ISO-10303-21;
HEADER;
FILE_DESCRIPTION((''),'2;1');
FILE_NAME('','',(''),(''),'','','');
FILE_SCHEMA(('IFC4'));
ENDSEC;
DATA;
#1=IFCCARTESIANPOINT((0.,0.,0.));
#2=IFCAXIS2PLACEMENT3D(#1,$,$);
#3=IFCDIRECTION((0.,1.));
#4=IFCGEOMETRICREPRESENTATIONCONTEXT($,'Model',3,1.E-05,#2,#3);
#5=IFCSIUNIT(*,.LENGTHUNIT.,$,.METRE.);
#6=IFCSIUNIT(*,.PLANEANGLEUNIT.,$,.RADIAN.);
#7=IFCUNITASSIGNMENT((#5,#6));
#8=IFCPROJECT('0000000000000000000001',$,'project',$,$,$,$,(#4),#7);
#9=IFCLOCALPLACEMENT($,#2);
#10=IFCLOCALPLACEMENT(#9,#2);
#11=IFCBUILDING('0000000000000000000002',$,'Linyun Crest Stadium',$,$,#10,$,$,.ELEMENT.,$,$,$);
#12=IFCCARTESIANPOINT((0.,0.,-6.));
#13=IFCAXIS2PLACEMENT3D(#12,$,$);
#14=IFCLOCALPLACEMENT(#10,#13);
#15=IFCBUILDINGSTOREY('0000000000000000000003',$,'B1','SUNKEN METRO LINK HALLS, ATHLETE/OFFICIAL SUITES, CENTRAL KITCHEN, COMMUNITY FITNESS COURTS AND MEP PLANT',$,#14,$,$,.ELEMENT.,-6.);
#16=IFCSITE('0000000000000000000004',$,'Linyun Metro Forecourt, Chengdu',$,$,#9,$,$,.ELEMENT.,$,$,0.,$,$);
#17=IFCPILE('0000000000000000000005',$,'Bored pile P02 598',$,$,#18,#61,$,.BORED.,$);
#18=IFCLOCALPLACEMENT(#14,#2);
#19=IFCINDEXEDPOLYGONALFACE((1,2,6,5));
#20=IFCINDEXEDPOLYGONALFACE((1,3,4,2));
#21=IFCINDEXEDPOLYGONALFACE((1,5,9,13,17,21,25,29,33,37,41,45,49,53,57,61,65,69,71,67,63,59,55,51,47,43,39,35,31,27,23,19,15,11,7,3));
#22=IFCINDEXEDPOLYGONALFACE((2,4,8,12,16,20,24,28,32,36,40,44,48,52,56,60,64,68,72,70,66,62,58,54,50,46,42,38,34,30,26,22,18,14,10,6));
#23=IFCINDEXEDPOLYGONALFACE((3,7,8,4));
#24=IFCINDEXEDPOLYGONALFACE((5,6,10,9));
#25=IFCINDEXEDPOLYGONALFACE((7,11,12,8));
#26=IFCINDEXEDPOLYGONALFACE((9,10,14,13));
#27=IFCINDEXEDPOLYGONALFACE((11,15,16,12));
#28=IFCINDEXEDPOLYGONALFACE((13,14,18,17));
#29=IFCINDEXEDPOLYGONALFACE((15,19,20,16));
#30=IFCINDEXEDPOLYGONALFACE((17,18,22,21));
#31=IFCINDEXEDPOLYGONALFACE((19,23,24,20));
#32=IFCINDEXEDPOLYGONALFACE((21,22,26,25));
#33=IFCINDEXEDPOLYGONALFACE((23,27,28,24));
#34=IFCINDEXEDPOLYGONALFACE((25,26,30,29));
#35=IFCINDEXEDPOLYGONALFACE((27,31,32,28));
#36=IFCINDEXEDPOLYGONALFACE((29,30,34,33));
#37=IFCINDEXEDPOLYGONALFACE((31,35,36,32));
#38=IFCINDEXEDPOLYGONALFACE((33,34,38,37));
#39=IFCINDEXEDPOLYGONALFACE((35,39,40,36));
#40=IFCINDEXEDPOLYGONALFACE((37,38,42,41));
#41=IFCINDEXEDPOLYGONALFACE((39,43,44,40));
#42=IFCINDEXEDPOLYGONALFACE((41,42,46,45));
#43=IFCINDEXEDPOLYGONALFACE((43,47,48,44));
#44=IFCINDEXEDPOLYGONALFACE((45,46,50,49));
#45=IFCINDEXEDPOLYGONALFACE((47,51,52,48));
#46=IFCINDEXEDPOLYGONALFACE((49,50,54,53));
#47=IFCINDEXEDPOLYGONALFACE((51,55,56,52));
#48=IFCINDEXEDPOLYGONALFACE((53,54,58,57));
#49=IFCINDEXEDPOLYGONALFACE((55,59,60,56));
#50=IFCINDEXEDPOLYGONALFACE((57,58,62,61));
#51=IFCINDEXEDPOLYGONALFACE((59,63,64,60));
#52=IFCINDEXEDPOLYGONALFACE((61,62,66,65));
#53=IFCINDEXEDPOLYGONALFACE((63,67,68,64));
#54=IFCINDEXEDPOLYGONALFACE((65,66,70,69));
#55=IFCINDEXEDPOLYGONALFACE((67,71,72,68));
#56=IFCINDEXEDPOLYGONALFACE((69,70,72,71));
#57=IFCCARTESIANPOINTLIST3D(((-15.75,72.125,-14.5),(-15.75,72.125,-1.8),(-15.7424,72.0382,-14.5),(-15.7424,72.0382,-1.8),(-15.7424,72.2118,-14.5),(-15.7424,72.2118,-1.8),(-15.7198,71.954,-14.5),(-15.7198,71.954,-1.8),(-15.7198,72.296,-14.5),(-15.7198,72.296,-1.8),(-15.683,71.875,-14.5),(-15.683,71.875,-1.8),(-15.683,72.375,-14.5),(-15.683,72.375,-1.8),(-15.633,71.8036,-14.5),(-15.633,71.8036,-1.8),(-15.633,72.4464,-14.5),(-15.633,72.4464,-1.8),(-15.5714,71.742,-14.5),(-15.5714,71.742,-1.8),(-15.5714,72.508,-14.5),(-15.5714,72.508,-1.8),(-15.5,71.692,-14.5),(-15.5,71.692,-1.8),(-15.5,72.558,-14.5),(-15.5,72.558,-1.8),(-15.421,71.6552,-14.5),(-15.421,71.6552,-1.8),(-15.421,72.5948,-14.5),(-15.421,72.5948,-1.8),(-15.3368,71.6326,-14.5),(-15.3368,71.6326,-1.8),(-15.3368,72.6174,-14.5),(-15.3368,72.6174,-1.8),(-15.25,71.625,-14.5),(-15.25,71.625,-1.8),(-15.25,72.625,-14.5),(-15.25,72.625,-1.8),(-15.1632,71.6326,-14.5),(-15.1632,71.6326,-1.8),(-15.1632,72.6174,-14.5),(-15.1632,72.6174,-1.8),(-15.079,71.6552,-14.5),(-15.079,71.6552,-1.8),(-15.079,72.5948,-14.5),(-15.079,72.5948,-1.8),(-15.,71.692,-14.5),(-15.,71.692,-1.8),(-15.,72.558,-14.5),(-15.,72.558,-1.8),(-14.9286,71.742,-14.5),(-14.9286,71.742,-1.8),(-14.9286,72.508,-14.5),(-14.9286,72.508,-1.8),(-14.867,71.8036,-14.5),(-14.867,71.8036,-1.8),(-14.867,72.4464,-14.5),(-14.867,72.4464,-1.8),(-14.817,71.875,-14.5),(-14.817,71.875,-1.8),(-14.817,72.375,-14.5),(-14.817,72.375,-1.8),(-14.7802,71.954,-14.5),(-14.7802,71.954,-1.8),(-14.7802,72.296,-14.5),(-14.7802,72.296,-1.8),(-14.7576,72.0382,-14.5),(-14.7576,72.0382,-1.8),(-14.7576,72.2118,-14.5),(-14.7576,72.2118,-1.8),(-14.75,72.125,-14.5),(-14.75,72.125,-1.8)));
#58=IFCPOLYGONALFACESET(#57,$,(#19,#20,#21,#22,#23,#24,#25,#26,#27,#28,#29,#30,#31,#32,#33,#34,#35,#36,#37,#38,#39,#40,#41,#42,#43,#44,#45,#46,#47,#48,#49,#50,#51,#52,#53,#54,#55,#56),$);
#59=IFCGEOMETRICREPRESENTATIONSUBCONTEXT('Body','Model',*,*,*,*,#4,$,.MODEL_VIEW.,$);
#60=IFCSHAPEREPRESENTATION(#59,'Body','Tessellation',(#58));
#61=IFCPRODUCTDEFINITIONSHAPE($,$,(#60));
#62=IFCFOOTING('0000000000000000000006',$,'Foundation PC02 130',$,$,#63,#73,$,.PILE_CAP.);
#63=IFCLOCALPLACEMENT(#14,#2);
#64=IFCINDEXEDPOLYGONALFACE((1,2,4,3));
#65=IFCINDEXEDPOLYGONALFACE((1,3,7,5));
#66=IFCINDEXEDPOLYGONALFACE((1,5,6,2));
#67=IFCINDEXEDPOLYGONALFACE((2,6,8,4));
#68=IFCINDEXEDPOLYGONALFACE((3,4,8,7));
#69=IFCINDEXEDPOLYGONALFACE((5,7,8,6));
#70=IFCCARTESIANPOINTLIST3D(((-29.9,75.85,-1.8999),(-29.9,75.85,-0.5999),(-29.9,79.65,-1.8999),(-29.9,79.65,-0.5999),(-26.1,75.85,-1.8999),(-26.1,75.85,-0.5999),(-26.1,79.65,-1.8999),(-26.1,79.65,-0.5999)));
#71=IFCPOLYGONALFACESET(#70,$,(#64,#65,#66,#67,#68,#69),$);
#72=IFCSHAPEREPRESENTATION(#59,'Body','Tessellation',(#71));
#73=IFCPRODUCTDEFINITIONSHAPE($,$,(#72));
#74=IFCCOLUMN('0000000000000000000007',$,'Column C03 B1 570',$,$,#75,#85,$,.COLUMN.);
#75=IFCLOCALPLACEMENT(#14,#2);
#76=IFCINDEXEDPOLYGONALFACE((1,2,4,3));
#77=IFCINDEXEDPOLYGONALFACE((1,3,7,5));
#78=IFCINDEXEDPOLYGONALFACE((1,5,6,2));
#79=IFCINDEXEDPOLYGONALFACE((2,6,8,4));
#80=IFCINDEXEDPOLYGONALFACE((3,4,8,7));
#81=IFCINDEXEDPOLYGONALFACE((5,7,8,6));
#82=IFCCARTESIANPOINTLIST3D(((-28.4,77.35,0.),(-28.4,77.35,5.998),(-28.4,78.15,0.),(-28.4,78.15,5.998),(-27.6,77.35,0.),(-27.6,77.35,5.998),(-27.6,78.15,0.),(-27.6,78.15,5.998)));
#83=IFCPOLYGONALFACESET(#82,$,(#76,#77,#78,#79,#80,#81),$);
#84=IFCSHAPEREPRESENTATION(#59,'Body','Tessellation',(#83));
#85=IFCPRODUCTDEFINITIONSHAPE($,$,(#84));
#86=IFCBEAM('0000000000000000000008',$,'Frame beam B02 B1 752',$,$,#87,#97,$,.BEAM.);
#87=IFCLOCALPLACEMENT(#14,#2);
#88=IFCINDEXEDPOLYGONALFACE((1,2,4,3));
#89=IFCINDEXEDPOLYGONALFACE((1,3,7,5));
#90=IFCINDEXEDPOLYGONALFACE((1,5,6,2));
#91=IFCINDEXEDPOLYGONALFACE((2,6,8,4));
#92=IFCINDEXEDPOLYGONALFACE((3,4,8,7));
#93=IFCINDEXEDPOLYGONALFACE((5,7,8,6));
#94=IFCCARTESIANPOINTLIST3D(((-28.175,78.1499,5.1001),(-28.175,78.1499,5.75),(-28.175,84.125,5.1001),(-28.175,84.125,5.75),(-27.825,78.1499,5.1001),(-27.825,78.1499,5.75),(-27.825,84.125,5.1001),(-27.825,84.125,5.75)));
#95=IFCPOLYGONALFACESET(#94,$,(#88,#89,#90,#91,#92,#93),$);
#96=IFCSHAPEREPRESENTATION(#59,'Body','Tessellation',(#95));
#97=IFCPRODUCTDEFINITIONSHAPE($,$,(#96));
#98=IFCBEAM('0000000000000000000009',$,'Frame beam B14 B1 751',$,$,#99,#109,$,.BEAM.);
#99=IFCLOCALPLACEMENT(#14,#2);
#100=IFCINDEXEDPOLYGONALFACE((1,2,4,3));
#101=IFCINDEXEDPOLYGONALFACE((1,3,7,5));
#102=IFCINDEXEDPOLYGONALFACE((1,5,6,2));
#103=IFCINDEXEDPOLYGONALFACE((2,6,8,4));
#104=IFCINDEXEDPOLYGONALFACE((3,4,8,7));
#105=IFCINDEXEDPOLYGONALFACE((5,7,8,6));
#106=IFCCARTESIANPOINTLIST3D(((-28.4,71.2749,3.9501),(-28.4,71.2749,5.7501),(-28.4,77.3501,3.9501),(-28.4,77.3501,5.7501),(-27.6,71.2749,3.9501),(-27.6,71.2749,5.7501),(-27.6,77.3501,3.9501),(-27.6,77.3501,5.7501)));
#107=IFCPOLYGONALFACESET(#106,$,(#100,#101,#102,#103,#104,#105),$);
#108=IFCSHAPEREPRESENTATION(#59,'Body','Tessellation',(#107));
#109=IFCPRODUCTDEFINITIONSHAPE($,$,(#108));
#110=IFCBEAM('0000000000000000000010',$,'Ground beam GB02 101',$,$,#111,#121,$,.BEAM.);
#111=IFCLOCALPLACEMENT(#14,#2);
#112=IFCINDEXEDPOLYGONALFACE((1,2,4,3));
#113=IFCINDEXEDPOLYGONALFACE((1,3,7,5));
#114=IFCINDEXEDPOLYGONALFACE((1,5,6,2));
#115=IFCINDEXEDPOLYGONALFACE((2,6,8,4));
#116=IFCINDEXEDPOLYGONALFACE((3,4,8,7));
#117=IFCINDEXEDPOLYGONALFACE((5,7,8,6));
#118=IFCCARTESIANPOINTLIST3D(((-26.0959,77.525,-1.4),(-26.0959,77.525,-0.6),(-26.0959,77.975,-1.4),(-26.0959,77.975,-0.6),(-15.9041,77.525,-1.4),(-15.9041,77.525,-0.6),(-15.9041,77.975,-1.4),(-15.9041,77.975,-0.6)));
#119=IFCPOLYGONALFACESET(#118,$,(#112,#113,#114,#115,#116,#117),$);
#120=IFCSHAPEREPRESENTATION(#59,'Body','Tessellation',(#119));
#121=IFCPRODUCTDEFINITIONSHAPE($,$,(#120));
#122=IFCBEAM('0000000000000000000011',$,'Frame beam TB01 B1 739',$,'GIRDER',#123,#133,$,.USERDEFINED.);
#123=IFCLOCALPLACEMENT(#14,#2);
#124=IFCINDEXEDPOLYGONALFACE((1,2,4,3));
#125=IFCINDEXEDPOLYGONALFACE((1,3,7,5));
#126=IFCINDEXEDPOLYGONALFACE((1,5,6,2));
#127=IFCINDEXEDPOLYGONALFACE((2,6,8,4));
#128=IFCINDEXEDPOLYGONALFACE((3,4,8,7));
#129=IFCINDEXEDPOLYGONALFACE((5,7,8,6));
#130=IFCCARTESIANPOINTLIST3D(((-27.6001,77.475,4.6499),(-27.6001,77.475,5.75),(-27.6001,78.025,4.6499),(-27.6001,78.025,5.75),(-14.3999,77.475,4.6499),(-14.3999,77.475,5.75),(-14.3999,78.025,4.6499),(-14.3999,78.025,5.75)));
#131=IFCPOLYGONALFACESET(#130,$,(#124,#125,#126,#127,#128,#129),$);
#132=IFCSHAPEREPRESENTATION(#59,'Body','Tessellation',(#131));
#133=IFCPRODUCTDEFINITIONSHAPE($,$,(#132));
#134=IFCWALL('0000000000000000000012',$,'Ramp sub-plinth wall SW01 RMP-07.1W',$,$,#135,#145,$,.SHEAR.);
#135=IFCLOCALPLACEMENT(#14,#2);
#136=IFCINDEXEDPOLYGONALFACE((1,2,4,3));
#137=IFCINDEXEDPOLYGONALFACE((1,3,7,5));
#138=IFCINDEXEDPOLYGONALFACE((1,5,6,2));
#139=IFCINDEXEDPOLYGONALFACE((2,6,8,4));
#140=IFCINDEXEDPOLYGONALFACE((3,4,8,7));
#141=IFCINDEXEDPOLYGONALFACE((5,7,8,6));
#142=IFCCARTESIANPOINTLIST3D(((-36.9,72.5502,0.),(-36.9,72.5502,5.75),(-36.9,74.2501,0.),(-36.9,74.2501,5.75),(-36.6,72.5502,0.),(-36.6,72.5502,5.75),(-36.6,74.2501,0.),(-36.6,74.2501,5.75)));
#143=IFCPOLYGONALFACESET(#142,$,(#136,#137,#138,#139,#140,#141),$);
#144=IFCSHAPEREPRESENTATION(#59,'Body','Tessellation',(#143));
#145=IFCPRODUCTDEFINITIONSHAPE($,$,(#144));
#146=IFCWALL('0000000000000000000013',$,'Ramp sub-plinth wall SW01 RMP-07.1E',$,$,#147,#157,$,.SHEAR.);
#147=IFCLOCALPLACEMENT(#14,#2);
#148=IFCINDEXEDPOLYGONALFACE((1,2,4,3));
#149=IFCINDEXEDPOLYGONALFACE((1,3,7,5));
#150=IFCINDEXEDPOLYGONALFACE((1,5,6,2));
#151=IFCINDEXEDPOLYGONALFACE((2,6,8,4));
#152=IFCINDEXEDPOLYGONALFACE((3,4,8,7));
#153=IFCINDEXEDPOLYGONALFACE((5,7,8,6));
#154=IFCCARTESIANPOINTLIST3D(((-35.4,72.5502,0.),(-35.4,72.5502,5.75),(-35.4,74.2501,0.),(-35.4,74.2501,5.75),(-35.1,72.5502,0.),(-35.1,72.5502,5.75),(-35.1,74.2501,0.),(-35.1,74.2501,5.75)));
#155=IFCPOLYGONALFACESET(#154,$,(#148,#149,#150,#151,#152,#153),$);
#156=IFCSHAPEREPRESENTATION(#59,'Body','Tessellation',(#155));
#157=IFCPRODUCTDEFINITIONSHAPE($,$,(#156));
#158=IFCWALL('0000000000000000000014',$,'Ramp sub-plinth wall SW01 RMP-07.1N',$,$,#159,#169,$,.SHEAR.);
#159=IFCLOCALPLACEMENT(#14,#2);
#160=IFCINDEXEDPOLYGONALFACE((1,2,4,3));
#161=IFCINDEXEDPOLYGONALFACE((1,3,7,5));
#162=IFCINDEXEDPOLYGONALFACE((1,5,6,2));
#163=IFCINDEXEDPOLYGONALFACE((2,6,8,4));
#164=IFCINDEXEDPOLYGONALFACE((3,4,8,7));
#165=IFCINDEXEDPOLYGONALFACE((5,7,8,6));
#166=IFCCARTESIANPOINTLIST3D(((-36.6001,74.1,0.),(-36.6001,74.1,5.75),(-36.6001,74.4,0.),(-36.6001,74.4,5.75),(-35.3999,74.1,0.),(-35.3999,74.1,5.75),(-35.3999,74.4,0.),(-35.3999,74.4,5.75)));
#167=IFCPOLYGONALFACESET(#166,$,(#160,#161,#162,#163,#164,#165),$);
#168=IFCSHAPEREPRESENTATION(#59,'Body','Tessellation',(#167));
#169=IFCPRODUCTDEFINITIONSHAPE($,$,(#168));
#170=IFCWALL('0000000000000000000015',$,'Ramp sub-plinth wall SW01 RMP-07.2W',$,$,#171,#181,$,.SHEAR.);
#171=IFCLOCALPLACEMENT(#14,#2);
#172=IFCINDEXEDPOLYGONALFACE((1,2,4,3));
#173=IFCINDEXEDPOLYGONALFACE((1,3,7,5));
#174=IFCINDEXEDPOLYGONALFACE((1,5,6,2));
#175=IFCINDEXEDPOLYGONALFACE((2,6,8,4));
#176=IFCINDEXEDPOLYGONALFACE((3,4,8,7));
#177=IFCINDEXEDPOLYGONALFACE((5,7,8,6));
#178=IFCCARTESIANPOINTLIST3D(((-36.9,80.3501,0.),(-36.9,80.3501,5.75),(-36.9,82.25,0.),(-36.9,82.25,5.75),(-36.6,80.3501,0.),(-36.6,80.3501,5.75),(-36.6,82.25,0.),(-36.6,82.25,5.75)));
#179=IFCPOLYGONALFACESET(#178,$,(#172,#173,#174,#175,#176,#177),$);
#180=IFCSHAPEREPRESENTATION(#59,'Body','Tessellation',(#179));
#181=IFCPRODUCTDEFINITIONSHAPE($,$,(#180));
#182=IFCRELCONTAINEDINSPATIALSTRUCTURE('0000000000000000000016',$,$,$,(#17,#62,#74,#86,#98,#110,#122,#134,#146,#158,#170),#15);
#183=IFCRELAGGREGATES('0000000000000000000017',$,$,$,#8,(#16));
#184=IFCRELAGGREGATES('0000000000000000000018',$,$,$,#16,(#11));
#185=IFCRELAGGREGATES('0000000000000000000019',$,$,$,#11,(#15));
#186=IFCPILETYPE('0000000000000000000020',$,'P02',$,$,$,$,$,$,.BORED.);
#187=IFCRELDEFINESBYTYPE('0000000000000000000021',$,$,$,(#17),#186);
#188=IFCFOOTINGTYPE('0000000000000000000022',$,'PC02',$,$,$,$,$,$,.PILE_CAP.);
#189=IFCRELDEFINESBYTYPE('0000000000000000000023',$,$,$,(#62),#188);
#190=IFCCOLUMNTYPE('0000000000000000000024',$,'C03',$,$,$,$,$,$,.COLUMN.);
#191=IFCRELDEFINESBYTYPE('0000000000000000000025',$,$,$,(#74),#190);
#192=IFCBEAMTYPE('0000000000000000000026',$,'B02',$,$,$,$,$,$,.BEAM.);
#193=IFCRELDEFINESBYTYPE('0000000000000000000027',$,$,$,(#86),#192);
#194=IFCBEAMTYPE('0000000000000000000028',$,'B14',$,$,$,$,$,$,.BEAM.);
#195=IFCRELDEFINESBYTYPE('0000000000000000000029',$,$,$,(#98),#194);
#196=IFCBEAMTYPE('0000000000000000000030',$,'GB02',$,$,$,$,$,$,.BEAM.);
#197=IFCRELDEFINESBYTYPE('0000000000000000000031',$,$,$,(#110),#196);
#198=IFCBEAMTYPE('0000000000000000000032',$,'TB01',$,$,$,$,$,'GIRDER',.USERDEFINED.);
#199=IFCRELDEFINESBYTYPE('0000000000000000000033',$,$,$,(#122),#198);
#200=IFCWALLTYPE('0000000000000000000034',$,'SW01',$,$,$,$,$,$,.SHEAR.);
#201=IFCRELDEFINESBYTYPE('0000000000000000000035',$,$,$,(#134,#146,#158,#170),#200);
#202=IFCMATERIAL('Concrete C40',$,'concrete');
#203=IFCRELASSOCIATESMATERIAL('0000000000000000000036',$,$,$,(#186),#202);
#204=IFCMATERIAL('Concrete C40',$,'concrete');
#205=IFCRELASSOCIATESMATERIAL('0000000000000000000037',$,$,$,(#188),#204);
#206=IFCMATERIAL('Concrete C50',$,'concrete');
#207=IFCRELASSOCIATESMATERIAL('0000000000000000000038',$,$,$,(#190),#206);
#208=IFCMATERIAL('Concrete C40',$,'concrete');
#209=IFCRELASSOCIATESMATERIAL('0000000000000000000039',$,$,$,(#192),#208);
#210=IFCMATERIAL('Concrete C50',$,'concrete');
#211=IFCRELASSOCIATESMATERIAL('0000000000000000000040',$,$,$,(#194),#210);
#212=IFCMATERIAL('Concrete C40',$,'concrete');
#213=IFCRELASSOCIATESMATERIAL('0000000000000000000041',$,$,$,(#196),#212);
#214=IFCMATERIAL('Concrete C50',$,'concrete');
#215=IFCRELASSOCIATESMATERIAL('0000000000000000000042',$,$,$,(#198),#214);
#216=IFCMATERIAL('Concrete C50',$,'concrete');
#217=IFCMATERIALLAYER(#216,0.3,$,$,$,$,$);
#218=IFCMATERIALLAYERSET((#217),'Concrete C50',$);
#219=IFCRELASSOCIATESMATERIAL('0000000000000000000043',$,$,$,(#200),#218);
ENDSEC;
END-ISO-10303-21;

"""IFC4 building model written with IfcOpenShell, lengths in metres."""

from ifc_helpers import new_model, si_unit, direction, frame, frame_2d, origin, origin_2d, place, context, subcontext, project, spatial, rectangle, circle, extrude, material, layer, layer_set, material_profile, profile_set, type_object, element, save


model = new_model("IFC4")

# Units and contexts
model_context = context("Model", 3, precision=1e-05, world=origin(), true_north=direction((0.0, 1.0)))
body_context = subcontext(model_context, "Body", "Model", "MODEL_VIEW")
ifc_project = project(units=[si_unit("LENGTHUNIT", "METRE"), si_unit("PLANEANGLEUNIT", "RADIAN")], contexts=[model_context])

# Site, building, storey
site_placement = place(None, origin())
site = spatial("IfcSite", under=ifc_project, at=site_placement, Name="Linyun Metro Forecourt, Chengdu", CompositionType="ELEMENT", RefElevation=0.0)
building_placement = place(site_placement, origin())
building = spatial("IfcBuilding", under=site, at=building_placement, Name="Linyun Crest Stadium", CompositionType="ELEMENT")
storey_placement = place(building_placement, frame((0.0, 0.0, -6.0)))
storey = spatial("IfcBuildingStorey", under=building, at=storey_placement, Name="B1", Description="SUNKEN METRO LINK HALLS, ATHLETE/OFFICIAL SUITES, CENTRAL KITCHEN, COMMUNITY FITNESS COURTS AND MEP PLANT", CompositionType="ELEMENT", Elevation=-6.0)

# Pile
ifc_material_1 = material(Name="Concrete C40", Category="concrete")
ifc_material_profile_1 = material_profile(ifc_material_1, circle(Radius=0.5, at=origin_2d()), Name="BORED PILE 1000")
ifc_profile_set_1 = profile_set([ifc_material_profile_1], Name="Concrete C40")
pile_type = type_object("IfcPileType", Name="P02", PredefinedType="BORED", material=ifc_profile_set_1)
for number, where, z_axis, x_axis, name in (
    (1, (-15.25, 72.125, -1.8), (0.0, 0.0, -1.0), (1.0, 0.0, 0.0), "Bored pile P02 598"),
):
    element("IfcPile", number, at=place(storey_placement, frame(where, z_axis=z_axis, x_axis=x_axis)), inside=storey, type_object=pile_type, Name=name, PredefinedType="BORED", context=body_context, shape_type="SweptSolid", body=[
        extrude(circle(Radius=0.5, at=origin_2d()), origin(), (0.0, 0.0, 1.0), 12.7),
    ])

# Footing
ifc_material_2 = material(Name="Concrete C40", Category="concrete")
footing_type = type_object("IfcFootingType", Name="PC02", PredefinedType="PILE_CAP", material=ifc_material_2)
footing_placement = place(storey_placement, frame((-28.0, 77.75, -1.8999), z_axis=(0.0, 0.0, 1.0), x_axis=(1.0, 0.0, 0.0)))
element("IfcFooting", 2, at=footing_placement, inside=storey, type_object=footing_type, Name="Foundation PC02 130", PredefinedType="PILE_CAP", context=body_context, shape_type="SweptSolid", body=[
    extrude(rectangle(XDim=3.8, YDim=3.8, at=origin_2d()), origin(), (0.0, 0.0, 1.0), 1.3),
])

# Column
ifc_material_3 = material(Name="Concrete C50", Category="concrete")
ifc_material_profile_2 = material_profile(ifc_material_3, rectangle(XDim=0.8, YDim=0.8, at=origin_2d()), Name="RC 800x800")
ifc_profile_set_2 = profile_set([ifc_material_profile_2], Name="Concrete C50")
column_type = type_object("IfcColumnType", Name="C03", PredefinedType="COLUMN", material=ifc_profile_set_2)
column_placement = place(storey_placement, frame((-28.0, 77.75, 0.0), z_axis=(0.0, 0.0, 1.0), x_axis=(1.0, 0.0, 0.0)))
element("IfcColumn", 3, at=column_placement, inside=storey, type_object=column_type, Name="Column C03 B1 570", PredefinedType="COLUMN", context=body_context, shape_type="SweptSolid", body=[
    extrude(rectangle(XDim=0.8, YDim=0.8, at=origin_2d()), origin(), (0.0, 0.0, 1.0), 5.998),
])

# Beams
ifc_material_4 = material(Name="Concrete C40", Category="concrete")
ifc_material_profile_3 = material_profile(ifc_material_4, rectangle(XDim=0.3501, YDim=0.6499, at=origin_2d()), Name="RCB 650x350")
ifc_profile_set_3 = profile_set([ifc_material_profile_3], Name="Concrete C40")
beam_type_1 = type_object("IfcBeamType", Name="B02", PredefinedType="BEAM", material=ifc_profile_set_3)
beam_1_placement = place(storey_placement, frame((-28.0, 78.1499, 5.425), z_axis=(0.0, 1.0, 0.0), x_axis=(-1.0, 0.0, 0.0)))
element("IfcBeam", 4, at=beam_1_placement, inside=storey, type_object=beam_type_1, Name="Frame beam B02 B1 752", PredefinedType="BEAM", context=body_context, shape_type="SweptSolid", body=[
    extrude(rectangle(XDim=0.3501, YDim=0.6499, at=origin_2d()), origin(), (0.0, 0.0, 1.0), 5.9751),
])
ifc_material_5 = material(Name="Concrete C50", Category="concrete")
ifc_material_profile_4 = material_profile(ifc_material_5, rectangle(XDim=0.8, YDim=1.8, at=origin_2d()), Name="RCB 1800x800")
ifc_profile_set_4 = profile_set([ifc_material_profile_4], Name="Concrete C50")
beam_type_2 = type_object("IfcBeamType", Name="B14", PredefinedType="BEAM", material=ifc_profile_set_4)
beam_2_placement = place(storey_placement, frame((-28.0, 71.2749, 4.8501), z_axis=(0.0, 1.0, 0.0), x_axis=(-1.0, 0.0, 0.0)))
element("IfcBeam", 5, at=beam_2_placement, inside=storey, type_object=beam_type_2, Name="Frame beam B14 B1 751", PredefinedType="BEAM", context=body_context, shape_type="SweptSolid", body=[
    extrude(rectangle(XDim=0.8, YDim=1.8, at=origin_2d()), origin(), (0.0, 0.0, 1.0), 6.0752),
])
ifc_material_6 = material(Name="Concrete C40", Category="concrete")
ifc_material_profile_5 = material_profile(ifc_material_6, rectangle(XDim=0.45, YDim=0.8, at=origin_2d()), Name="RCB 800x450")
ifc_profile_set_5 = profile_set([ifc_material_profile_5], Name="Concrete C40")
beam_type_3 = type_object("IfcBeamType", Name="GB02", PredefinedType="BEAM", material=ifc_profile_set_5)
beam_3_placement = place(storey_placement, frame((-26.0959, 77.75, -1.0), z_axis=(1.0, 0.0, 0.0), x_axis=(0.0, 1.0, 0.0)))
element("IfcBeam", 6, at=beam_3_placement, inside=storey, type_object=beam_type_3, Name="Ground beam GB02 101", PredefinedType="BEAM", context=body_context, shape_type="SweptSolid", body=[
    extrude(rectangle(XDim=0.45, YDim=0.8, at=origin_2d()), origin(), (0.0, 0.0, 1.0), 10.1919),
])
ifc_material_7 = material(Name="Concrete C50", Category="concrete")
ifc_material_profile_6 = material_profile(ifc_material_7, rectangle(XDim=0.55, YDim=1.1001, at=origin_2d()), Name="RCB 1100x550")
ifc_profile_set_6 = profile_set([ifc_material_profile_6], Name="Concrete C50")
beam_type_4 = type_object("IfcBeamType", Name="TB01", ElementType="GIRDER", PredefinedType="USERDEFINED", material=ifc_profile_set_6)
beam_4_placement = place(storey_placement, frame((-27.6001, 77.75, 5.2), z_axis=(1.0, 0.0, 0.0), x_axis=(0.0, 1.0, 0.0)))
element("IfcBeam", 7, at=beam_4_placement, inside=storey, type_object=beam_type_4, Name="Frame beam TB01 B1 739", ObjectType="GIRDER", PredefinedType="USERDEFINED", context=body_context, shape_type="SweptSolid", body=[
    extrude(rectangle(XDim=0.55, YDim=1.1001, at=origin_2d()), origin(), (0.0, 0.0, 1.0), 13.2002),
])

# Walls
ifc_material_8 = material(Name="Concrete C50", Category="concrete")
ifc_layer = layer(ifc_material_8, 0.3)
ifc_layer_set = layer_set([ifc_layer], Name="Concrete C50")
wall_type = type_object("IfcWallType", Name="SW01", PredefinedType="SHEAR", material=ifc_layer_set)
for number, where, z_axis, x_axis, name in (
    (8, (-36.75, 72.55, 0.0), (0.0, 0.0, 1.0), (0.0, 1.0, 0.0), "Ramp sub-plinth wall SW01 RMP-07.1W"),
    (9, (-35.25, 72.55, 0.0), (0.0, 0.0, 1.0), (0.0, 1.0, 0.0), "Ramp sub-plinth wall SW01 RMP-07.1E"),
):
    element("IfcWall", number, at=place(storey_placement, frame(where, z_axis=z_axis, x_axis=x_axis)), inside=storey, type_object=wall_type, Name=name, PredefinedType="SHEAR", context=body_context, shape_type="SweptSolid", body=[
        extrude(rectangle(XDim=1.7, YDim=0.3, at=frame_2d((0.8501, 0.0))), origin(), (0.0, 0.0, 1.0), 5.75),
    ])
wall_1_placement = place(storey_placement, frame((-36.6001, 74.25, 0.0), z_axis=(0.0, 0.0, 1.0), x_axis=(1.0, 0.0, 0.0)))
element("IfcWall", 10, at=wall_1_placement, inside=storey, type_object=wall_type, Name="Ramp sub-plinth wall SW01 RMP-07.1N", PredefinedType="SHEAR", context=body_context, shape_type="SweptSolid", body=[
    extrude(rectangle(XDim=1.2002, YDim=0.3, at=frame_2d((0.6001, 0.0))), origin(), (0.0, 0.0, 1.0), 5.75),
])
for number, where, z_axis, x_axis, name in (
    (11, (-36.75, 80.3501, 0.0), (0.0, 0.0, 1.0), (0.0, 1.0, 0.0), "Ramp sub-plinth wall SW01 RMP-07.2W"),
):
    element("IfcWall", number, at=place(storey_placement, frame(where, z_axis=z_axis, x_axis=x_axis)), inside=storey, type_object=wall_type, Name=name, PredefinedType="SHEAR", context=body_context, shape_type="SweptSolid", body=[
        extrude(rectangle(XDim=1.8999, YDim=0.3, at=frame_2d((0.95, 0.0))), origin(), (0.0, 0.0, 1.0), 5.75),
    ])

save(model, "model.ifc")
